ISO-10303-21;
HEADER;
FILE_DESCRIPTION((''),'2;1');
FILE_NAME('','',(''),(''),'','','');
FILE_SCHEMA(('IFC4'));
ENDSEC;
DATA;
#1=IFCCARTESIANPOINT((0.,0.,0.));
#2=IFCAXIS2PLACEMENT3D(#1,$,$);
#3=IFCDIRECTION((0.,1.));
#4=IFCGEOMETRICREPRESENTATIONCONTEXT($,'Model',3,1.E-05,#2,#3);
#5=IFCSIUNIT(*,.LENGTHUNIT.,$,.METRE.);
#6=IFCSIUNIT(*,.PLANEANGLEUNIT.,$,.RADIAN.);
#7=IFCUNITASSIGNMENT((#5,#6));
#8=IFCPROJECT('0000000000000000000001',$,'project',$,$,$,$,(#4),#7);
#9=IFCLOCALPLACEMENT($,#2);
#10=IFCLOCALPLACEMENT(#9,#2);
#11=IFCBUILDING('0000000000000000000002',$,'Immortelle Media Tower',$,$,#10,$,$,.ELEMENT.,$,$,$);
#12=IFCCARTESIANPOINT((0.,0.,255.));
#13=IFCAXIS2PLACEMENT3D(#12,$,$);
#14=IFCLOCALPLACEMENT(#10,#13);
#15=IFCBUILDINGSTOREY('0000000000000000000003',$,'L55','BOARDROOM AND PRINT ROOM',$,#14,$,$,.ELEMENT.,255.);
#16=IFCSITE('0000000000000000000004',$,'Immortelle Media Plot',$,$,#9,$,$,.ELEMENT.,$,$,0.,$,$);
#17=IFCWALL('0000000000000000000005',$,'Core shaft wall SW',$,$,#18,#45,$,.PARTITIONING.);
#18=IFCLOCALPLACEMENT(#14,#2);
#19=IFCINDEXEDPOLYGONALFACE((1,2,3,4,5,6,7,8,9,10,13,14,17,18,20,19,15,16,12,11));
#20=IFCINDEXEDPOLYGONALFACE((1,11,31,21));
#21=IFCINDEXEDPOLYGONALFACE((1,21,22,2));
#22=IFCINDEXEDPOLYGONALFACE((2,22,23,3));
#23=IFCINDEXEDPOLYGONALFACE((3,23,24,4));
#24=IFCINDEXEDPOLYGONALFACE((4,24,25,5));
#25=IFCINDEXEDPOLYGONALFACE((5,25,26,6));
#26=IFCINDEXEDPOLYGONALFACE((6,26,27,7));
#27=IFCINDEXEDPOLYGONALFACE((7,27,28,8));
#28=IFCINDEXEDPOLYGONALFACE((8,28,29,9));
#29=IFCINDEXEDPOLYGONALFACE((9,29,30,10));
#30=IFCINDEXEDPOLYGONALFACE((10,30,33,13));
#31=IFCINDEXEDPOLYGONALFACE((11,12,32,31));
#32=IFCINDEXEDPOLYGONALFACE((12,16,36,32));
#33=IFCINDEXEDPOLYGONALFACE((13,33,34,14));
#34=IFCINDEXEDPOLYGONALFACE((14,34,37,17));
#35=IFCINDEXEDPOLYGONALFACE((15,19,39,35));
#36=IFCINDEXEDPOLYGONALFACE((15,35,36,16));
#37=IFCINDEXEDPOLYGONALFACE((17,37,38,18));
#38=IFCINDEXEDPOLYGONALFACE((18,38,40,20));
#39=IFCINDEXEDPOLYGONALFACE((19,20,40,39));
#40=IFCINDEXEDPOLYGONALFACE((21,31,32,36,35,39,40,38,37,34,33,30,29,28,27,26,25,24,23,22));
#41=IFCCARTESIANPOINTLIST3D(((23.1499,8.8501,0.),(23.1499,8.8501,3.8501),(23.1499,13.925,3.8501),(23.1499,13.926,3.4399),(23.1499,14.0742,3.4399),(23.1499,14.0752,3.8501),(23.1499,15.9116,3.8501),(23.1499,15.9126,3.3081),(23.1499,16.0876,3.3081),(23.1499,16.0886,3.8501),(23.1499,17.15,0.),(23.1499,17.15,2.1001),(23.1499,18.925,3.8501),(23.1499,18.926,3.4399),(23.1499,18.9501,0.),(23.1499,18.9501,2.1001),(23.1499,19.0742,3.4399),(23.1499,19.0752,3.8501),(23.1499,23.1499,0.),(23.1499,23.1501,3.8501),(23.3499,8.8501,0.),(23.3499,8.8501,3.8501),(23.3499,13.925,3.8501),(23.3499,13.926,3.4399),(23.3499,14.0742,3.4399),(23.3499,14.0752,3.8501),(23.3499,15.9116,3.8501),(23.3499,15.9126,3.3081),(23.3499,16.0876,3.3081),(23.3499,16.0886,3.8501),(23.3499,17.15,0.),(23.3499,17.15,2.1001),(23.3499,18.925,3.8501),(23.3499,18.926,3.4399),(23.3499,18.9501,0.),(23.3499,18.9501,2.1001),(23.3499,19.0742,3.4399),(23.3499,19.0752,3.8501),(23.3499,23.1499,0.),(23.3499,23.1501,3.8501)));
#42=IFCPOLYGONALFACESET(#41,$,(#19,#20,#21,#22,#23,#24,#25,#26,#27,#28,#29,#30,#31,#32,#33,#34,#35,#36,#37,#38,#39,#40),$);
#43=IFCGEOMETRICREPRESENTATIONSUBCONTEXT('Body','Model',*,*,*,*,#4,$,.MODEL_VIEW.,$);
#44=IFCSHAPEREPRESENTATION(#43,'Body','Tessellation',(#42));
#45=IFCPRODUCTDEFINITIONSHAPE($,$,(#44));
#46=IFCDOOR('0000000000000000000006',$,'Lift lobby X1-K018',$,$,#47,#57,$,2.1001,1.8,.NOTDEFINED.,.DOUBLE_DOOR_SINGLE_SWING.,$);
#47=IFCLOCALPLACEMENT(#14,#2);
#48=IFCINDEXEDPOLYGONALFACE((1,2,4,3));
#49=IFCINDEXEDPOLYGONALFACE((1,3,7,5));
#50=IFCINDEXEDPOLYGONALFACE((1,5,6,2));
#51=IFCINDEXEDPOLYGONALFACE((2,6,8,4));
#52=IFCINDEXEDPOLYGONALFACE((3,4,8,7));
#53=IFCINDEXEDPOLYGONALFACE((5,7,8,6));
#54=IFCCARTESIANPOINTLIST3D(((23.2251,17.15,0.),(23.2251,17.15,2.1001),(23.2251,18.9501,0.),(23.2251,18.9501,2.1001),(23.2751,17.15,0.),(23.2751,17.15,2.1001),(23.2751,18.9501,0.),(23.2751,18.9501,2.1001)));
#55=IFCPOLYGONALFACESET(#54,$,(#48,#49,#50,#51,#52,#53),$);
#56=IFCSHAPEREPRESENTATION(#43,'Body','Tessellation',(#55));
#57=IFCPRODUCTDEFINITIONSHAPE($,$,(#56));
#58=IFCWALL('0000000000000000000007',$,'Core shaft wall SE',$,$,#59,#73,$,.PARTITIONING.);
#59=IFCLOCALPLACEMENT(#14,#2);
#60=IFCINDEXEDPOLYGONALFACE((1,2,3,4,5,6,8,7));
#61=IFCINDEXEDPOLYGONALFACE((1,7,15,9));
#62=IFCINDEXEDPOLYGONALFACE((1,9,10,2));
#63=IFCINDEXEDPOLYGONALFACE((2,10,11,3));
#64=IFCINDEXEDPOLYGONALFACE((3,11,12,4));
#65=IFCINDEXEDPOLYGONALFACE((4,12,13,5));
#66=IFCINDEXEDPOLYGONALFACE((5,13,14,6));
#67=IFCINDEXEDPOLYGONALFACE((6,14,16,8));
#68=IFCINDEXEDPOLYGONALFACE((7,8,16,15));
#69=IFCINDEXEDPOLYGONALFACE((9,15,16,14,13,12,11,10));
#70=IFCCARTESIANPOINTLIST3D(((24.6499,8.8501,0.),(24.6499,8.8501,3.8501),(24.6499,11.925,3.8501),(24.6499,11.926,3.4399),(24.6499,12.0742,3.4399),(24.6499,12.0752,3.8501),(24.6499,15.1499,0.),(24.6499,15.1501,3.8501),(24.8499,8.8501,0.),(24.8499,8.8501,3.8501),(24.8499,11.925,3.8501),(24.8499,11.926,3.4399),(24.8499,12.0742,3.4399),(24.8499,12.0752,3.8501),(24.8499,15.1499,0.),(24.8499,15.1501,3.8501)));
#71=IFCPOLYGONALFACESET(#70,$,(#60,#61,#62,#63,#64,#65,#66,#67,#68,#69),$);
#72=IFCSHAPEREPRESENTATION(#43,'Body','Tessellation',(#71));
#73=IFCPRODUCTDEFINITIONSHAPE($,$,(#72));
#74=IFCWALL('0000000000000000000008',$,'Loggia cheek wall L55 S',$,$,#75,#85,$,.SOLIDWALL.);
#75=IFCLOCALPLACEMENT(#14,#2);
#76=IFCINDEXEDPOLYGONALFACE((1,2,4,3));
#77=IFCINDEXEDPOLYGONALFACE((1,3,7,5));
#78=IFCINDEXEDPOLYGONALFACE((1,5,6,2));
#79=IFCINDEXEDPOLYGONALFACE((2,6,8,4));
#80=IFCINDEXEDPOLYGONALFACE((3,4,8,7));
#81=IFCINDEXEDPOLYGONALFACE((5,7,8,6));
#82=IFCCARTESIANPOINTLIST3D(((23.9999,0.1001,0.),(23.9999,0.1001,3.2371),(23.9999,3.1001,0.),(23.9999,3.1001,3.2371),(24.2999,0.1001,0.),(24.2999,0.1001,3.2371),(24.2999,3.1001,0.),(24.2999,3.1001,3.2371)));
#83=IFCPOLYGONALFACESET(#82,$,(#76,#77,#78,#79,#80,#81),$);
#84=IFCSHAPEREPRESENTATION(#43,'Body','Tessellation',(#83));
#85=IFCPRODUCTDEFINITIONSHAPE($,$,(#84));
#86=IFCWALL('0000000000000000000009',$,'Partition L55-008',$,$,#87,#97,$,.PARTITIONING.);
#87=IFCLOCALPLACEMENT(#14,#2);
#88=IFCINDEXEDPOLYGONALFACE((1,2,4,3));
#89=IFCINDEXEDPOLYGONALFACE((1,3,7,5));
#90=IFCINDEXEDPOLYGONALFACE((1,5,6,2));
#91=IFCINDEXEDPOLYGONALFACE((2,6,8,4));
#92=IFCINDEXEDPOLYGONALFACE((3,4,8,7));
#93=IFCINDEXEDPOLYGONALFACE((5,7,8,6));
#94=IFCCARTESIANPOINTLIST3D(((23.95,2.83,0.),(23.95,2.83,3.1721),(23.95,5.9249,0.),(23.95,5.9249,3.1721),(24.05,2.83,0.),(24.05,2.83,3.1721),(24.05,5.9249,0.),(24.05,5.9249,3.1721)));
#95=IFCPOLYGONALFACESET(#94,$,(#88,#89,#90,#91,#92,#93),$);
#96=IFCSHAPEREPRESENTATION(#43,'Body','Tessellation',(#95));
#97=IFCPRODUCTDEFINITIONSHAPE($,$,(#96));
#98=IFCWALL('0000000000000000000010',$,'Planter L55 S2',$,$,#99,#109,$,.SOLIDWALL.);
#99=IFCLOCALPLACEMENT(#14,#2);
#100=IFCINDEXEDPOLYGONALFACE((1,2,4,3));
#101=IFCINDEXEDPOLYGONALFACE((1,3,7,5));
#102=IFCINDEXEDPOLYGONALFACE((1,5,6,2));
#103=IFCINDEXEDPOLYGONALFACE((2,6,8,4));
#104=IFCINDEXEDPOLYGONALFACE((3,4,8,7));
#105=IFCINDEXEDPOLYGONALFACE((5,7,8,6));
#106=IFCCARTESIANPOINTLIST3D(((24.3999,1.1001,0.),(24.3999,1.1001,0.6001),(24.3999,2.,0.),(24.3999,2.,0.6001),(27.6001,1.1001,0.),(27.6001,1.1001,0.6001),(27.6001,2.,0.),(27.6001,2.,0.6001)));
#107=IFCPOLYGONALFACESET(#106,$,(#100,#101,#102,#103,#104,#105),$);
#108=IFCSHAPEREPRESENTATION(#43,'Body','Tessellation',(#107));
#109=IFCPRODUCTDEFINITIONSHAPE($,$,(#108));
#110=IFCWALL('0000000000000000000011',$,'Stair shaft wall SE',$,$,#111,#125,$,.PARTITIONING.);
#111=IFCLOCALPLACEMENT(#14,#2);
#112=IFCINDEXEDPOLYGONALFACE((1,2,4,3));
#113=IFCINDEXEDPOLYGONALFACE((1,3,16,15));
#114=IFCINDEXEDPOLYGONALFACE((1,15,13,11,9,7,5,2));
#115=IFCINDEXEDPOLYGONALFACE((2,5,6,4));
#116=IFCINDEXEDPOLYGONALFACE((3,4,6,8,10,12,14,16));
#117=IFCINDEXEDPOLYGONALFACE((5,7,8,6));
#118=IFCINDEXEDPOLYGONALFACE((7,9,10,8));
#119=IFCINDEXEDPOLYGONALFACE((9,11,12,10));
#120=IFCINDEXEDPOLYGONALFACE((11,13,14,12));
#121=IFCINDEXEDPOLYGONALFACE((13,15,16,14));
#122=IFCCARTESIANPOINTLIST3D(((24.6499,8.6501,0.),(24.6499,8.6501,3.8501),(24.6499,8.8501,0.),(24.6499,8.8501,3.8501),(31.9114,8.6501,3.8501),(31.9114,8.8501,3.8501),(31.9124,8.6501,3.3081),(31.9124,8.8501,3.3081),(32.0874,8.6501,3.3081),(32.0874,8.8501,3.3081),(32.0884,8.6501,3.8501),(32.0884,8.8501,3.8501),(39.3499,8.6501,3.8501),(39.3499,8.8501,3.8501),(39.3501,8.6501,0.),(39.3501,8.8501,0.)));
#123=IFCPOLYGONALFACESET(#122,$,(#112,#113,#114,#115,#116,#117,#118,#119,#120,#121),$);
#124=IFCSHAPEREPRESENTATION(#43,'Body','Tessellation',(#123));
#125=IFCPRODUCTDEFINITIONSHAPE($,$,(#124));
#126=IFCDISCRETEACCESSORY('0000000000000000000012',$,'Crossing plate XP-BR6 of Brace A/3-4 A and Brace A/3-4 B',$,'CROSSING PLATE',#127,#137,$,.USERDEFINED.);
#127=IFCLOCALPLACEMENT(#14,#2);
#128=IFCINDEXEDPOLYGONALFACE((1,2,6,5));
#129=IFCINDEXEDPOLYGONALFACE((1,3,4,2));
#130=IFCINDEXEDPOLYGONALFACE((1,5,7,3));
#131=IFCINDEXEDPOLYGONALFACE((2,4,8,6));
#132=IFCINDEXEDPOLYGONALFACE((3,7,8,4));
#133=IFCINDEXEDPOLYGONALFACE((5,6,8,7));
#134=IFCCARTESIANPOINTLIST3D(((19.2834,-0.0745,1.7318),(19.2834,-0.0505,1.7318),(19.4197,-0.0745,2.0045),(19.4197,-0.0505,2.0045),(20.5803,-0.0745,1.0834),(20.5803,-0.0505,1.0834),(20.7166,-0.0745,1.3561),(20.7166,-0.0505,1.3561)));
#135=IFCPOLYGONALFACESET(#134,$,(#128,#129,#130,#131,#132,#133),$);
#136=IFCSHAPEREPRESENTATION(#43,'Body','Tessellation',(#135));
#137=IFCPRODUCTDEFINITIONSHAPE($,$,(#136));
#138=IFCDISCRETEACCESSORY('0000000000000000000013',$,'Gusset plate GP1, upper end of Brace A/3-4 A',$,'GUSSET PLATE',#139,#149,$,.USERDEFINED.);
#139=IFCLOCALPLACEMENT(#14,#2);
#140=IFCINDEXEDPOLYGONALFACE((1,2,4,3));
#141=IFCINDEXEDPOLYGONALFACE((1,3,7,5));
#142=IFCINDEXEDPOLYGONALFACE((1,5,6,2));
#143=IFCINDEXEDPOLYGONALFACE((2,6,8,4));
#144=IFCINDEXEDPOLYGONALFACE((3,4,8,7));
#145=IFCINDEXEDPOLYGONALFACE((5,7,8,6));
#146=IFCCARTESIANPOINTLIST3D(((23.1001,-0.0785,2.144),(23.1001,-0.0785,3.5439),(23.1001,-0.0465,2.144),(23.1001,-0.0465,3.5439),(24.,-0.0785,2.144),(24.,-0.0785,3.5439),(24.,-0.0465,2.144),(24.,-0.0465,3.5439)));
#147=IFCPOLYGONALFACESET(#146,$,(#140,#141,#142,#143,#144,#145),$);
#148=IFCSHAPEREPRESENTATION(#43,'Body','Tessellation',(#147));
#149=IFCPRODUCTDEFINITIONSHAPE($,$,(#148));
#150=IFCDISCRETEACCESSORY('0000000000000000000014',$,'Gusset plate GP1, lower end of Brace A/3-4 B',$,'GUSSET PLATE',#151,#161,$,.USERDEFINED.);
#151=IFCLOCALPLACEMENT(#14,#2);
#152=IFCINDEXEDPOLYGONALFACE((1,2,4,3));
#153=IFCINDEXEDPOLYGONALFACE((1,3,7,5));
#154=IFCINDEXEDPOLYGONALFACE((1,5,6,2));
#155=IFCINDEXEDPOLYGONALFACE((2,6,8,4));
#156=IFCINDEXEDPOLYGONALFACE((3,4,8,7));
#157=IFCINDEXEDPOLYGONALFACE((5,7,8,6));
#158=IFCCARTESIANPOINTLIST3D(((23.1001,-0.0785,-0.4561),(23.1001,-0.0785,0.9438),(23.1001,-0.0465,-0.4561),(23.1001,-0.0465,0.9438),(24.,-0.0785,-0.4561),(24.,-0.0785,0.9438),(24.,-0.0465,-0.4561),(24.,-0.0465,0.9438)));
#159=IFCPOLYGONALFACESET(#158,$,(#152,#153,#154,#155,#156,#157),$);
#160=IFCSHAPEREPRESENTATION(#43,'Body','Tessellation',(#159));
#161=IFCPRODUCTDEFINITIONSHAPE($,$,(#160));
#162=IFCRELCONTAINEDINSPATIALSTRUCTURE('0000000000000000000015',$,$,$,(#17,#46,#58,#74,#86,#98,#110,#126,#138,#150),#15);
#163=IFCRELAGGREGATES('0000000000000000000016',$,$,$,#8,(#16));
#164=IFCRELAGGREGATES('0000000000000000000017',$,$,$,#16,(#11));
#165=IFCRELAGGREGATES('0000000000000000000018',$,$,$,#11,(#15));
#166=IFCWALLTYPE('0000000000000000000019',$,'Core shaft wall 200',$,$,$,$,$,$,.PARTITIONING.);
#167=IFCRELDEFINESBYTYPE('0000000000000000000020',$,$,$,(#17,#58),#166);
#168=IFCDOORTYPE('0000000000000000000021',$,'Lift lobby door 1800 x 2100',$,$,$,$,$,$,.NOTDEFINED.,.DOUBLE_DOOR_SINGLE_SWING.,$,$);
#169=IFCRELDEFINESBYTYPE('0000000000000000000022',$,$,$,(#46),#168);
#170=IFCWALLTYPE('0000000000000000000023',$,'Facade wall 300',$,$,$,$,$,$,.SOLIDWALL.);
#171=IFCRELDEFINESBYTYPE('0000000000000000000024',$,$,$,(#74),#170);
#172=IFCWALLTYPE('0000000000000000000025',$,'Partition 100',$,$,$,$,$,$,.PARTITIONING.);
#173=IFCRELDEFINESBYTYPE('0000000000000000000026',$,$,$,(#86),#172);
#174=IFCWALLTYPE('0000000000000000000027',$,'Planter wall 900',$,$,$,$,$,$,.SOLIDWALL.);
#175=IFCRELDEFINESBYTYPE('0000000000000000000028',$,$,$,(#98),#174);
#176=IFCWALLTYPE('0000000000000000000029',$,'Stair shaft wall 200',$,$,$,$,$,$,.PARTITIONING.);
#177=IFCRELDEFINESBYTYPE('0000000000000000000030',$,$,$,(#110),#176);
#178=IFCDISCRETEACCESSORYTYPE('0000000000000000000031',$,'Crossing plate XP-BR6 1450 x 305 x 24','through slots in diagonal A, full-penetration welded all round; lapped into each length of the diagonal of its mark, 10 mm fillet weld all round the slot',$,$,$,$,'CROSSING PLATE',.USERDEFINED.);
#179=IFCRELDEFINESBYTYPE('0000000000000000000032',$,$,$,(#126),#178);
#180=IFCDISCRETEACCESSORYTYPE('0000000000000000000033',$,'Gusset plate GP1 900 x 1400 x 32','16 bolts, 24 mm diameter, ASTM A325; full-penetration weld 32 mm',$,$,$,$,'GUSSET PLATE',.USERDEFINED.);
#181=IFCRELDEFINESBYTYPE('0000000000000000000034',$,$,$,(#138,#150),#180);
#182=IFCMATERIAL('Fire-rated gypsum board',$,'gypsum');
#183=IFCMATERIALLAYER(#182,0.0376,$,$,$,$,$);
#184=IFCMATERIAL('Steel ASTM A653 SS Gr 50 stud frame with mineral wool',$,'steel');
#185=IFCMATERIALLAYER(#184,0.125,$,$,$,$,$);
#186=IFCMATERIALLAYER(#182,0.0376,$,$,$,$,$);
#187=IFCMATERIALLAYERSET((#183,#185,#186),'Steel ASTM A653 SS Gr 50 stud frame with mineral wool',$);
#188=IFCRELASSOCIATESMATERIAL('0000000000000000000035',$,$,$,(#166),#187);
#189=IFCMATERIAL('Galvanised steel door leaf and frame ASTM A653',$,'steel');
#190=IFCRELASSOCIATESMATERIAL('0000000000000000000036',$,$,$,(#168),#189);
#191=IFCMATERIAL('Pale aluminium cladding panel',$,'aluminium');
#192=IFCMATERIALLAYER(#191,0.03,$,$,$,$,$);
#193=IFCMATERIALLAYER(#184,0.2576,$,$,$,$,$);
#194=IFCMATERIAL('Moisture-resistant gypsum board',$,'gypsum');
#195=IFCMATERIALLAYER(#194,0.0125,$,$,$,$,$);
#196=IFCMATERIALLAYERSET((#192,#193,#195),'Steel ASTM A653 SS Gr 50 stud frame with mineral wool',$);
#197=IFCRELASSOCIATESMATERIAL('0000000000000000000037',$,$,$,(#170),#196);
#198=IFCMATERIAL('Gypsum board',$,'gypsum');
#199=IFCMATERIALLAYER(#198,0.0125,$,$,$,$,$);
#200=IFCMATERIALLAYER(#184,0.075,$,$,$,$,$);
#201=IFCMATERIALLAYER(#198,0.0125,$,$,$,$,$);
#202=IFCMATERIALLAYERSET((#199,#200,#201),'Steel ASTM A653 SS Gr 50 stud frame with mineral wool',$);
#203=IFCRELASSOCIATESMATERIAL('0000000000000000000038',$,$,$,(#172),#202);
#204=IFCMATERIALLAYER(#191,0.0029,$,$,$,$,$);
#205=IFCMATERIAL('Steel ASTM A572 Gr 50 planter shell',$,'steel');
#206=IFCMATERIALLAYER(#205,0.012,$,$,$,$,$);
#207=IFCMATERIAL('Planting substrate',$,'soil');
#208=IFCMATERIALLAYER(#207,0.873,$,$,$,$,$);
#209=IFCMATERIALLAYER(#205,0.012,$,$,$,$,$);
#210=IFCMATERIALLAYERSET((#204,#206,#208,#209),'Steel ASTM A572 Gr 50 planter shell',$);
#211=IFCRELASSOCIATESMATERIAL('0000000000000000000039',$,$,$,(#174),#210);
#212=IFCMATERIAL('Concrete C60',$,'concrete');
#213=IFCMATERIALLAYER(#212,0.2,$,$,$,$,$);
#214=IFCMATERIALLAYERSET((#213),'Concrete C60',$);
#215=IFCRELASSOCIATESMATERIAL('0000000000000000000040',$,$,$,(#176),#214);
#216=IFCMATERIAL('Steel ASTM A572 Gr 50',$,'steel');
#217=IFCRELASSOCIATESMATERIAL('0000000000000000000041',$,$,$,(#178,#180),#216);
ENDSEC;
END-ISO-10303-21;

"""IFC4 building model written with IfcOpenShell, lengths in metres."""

from ifc_helpers import new_model, si_unit, direction, frame, frame_2d, origin, origin_2d, place, context, subcontext, project, spatial, polyline, rectangle, outline, extrude, material, layer, layer_set, material_profile, profile_set, type_object, element, fill, save


model = new_model("IFC4")

# Units and contexts
model_context = context("Model", 3, precision=1e-05, world=origin(), true_north=direction((0.0, 1.0)))
body_context = subcontext(model_context, "Body", "Model", "MODEL_VIEW")
ifc_project = project(units=[si_unit("LENGTHUNIT", "METRE"), si_unit("PLANEANGLEUNIT", "RADIAN")], contexts=[model_context])

# Site, building, storey
site_placement = place(None, origin())
site = spatial("IfcSite", under=ifc_project, at=site_placement, Name="Immortelle Media Plot", CompositionType="ELEMENT", RefElevation=0.0)
building_placement = place(site_placement, origin())
building = spatial("IfcBuilding", under=site, at=building_placement, Name="Immortelle Media Tower", CompositionType="ELEMENT")
storey_placement = place(building_placement, frame((0.0, 0.0, 255.0)))
storey = spatial("IfcBuildingStorey", under=building, at=storey_placement, Name="L55", Description="BOARDROOM AND PRINT ROOM", CompositionType="ELEMENT", Elevation=255.0)

# Wall, opening, door
ifc_material_1 = material(Name="Fire-rated gypsum board", Category="gypsum")
ifc_layer_1 = layer(ifc_material_1, 0.0376)
ifc_material_2 = material(Name="Steel ASTM A653 SS Gr 50 stud frame with mineral wool", Category="steel")
ifc_layer_2 = layer(ifc_material_2, 0.125)
ifc_layer_3 = layer(ifc_material_1, 0.0376)
ifc_layer_set_1 = layer_set([ifc_layer_1, ifc_layer_2, ifc_layer_3], Name="Steel ASTM A653 SS Gr 50 stud frame with mineral wool")
wall_type_1 = type_object("IfcWallType", Name="Core shaft wall 200", PredefinedType="PARTITIONING", material=ifc_layer_set_1)
wall_1_placement = place(storey_placement, frame((23.25, 8.8501, 0.0), z_axis=(0.0, 0.0, 1.0), x_axis=(0.0, 1.0, 0.0)))
wall_1 = element("IfcWall", 1, at=wall_1_placement, inside=storey, type_object=wall_type_1, Name="Core shaft wall SW", PredefinedType="PARTITIONING", context=body_context, shape_type="SweptSolid", body=[
    extrude(outline(polyline([(0.0, 0.0), (14.2998, 0.0), (14.3, 3.8501), (10.2251, 3.8501), (10.2241, 3.4399), (10.0759, 3.4399), (10.075, 3.8501), (7.2385, 3.8501), (7.2375, 3.3081), (7.0625, 3.3081), (7.0615, 3.8501), (5.2251, 3.8501), (5.2241, 3.4399), (5.0759, 3.4399), (5.075, 3.8501), (0.0, 3.8501), (0.0, 0.0)])), frame((0.0, 0.1001, 0.0), z_axis=(0.0, -1.0, 0.0), x_axis=(1.0, 0.0, 0.0)), (0.0, 0.0, 1.0), 0.2),
])
opening_1_placement = place(wall_1_placement, frame((8.3, 0.0, 0.0)))
opening_1 = element("IfcOpeningElement", 2, at=opening_1_placement, cuts=wall_1, PredefinedType="OPENING", context=body_context, shape_type="SweptSolid", body=[
    extrude(rectangle(XDim=1.8, YDim=2.1001, at=frame_2d((0.8999, 1.05))), frame((0.0, 0.1099, 0.0), z_axis=(0.0, -1.0, 0.0), x_axis=(1.0, 0.0, 0.0)), (0.0, 0.0, 1.0), 0.22),
])
ifc_material_3 = material(Name="Galvanised steel door leaf and frame ASTM A653", Category="steel")
door_type_1 = type_object("IfcDoorType", Name="Lift lobby door 1800 x 2100", OperationType="DOUBLE_DOOR_SINGLE_SWING", PredefinedType="NOTDEFINED", material=ifc_material_3)
door_1_placement = place(opening_1_placement, origin())
door_1 = element("IfcDoor", 3, at=door_1_placement, inside=storey, type_object=door_type_1, Name="Lift lobby X1-K018", OperationType="DOUBLE_DOOR_SINGLE_SWING", OverallHeight=2.1001, OverallWidth=1.8, PredefinedType="NOTDEFINED", context=body_context, shape_type="SweptSolid", body=[
    extrude(rectangle(XDim=1.8, YDim=2.1001, at=frame_2d((0.8999, 1.05))), frame((0.0, 0.0249, 0.0), z_axis=(0.0, -1.0, 0.0), x_axis=(1.0, 0.0, 0.0)), (0.0, 0.0, 1.0), 0.05),
])
fill(opening_1, door_1)

# Wall
wall_2_placement = place(storey_placement, frame((24.75, 8.8501, 0.0), z_axis=(0.0, 0.0, 1.0), x_axis=(0.0, 1.0, 0.0)))
element("IfcWall", 4, at=wall_2_placement, inside=storey, type_object=wall_type_1, Name="Core shaft wall SE", PredefinedType="PARTITIONING", context=body_context, shape_type="SweptSolid", body=[
    extrude(outline(polyline([(0.0, 0.0), (6.2998, 0.0), (6.3, 3.8501), (3.2251, 3.8501), (3.2241, 3.4399), (3.0759, 3.4399), (3.075, 3.8501), (0.0, 3.8501), (0.0, 0.0)])), frame((0.0, 0.1001, 0.0), z_axis=(0.0, -1.0, 0.0), x_axis=(1.0, 0.0, 0.0)), (0.0, 0.0, 1.0), 0.2),
])

# Shared definitions
ifc_material_4 = material(Name="Pale aluminium cladding panel", Category="aluminium")
ifc_layer_4 = layer(ifc_material_4, 0.03)
ifc_layer_5 = layer(ifc_material_2, 0.2576)
ifc_material_5 = material(Name="Moisture-resistant gypsum board", Category="gypsum")
ifc_layer_6 = layer(ifc_material_5, 0.0125)
ifc_layer_set_2 = layer_set([ifc_layer_4, ifc_layer_5, ifc_layer_6], Name="Steel ASTM A653 SS Gr 50 stud frame with mineral wool")
wall_type_2 = type_object("IfcWallType", Name="Facade wall 300", PredefinedType="SOLIDWALL", material=ifc_layer_set_2)

# Walls
wall_3_placement = place(storey_placement, frame((24.1499, 0.1001, 0.0), z_axis=(0.0, 0.0, 1.0), x_axis=(0.0, 1.0, 0.0)))
element("IfcWall", 5, at=wall_3_placement, inside=storey, type_object=wall_type_2, Name="Loggia cheek wall L55 S", PredefinedType="SOLIDWALL", context=body_context, shape_type="SweptSolid", body=[
    extrude(rectangle(XDim=3.0, YDim=0.3, at=frame_2d((1.5, 0.0))), origin(), (0.0, 0.0, 1.0), 3.2371),
])
ifc_material_6 = material(Name="Gypsum board", Category="gypsum")
ifc_layer_7 = layer(ifc_material_6, 0.0125)
ifc_layer_8 = layer(ifc_material_2, 0.075)
ifc_layer_9 = layer(ifc_material_6, 0.0125)
ifc_layer_set_3 = layer_set([ifc_layer_7, ifc_layer_8, ifc_layer_9], Name="Steel ASTM A653 SS Gr 50 stud frame with mineral wool")
wall_type_3 = type_object("IfcWallType", Name="Partition 100", PredefinedType="PARTITIONING", material=ifc_layer_set_3)
wall_4_placement = place(storey_placement, frame((24.0, 2.8301, 0.0), z_axis=(0.0, 0.0, 1.0), x_axis=(0.0, 1.0, 0.0)))
element("IfcWall", 6, at=wall_4_placement, inside=storey, type_object=wall_type_3, Name="Partition L55-008", PredefinedType="PARTITIONING", context=body_context, shape_type="SweptSolid", body=[
    extrude(rectangle(XDim=3.095, YDim=0.1001, at=frame_2d((1.5474, 0.0))), origin(), (0.0, 0.0, 1.0), 3.1721),
])
ifc_layer_10 = layer(ifc_material_4, 0.0029)
ifc_material_7 = material(Name="Steel ASTM A572 Gr 50 planter shell", Category="steel")
ifc_layer_11 = layer(ifc_material_7, 0.012)
ifc_material_8 = material(Name="Planting substrate", Category="soil")
ifc_layer_12 = layer(ifc_material_8, 0.873)
ifc_layer_13 = layer(ifc_material_7, 0.012)
ifc_layer_set_4 = layer_set([ifc_layer_10, ifc_layer_11, ifc_layer_12, ifc_layer_13], Name="Steel ASTM A572 Gr 50 planter shell")
wall_type_4 = type_object("IfcWallType", Name="Planter wall 900", PredefinedType="SOLIDWALL", material=ifc_layer_set_4)
wall_5_placement = place(storey_placement, frame((24.3999, 1.55, 0.0), z_axis=(0.0, 0.0, 1.0), x_axis=(1.0, 0.0, 0.0)))
element("IfcWall", 7, at=wall_5_placement, inside=storey, type_object=wall_type_4, Name="Planter L55 S2", PredefinedType="SOLIDWALL", context=body_context, shape_type="SweptSolid", body=[
    extrude(rectangle(XDim=3.2002, YDim=0.8999, at=frame_2d((1.6001, 0.0))), origin(), (0.0, 0.0, 1.0), 0.6001),
])
ifc_material_9 = material(Name="Concrete C60", Category="concrete")
ifc_layer_14 = layer(ifc_material_9, 0.2)
ifc_layer_set_5 = layer_set([ifc_layer_14], Name="Concrete C60")
wall_type_5 = type_object("IfcWallType", Name="Stair shaft wall 200", PredefinedType="PARTITIONING", material=ifc_layer_set_5)
wall_6_placement = place(storey_placement, frame((24.6499, 8.75, 0.0), z_axis=(0.0, 0.0, 1.0), x_axis=(1.0, 0.0, 0.0)))
element("IfcWall", 8, at=wall_6_placement, inside=storey, type_object=wall_type_5, Name="Stair shaft wall SE", PredefinedType="PARTITIONING", context=body_context, shape_type="SweptSolid", body=[
    extrude(outline(polyline([(0.0, 0.0), (14.7002, 0.0), (14.7, 3.8501), (7.4385, 3.8501), (7.4375, 3.3081), (7.2625, 3.3081), (7.2615, 3.8501), (0.0, 3.8501), (0.0, 0.0)])), frame((0.0, 0.1001, 0.0), z_axis=(0.0, -1.0, 0.0), x_axis=(1.0, 0.0, 0.0)), (0.0, 0.0, 1.0), 0.2),
])

# Discrete accessories
ifc_material_10 = material(Name="Steel ASTM A572 Gr 50", Category="steel")
ifc_material_profile_1 = material_profile(ifc_material_10, rectangle(XDim=0.0239, YDim=0.3049, at=origin_2d()), Name="PL 24 x 305")
ifc_profile_set_1 = profile_set([ifc_material_profile_1], Name="Steel ASTM A572 Gr 50")
discrete_accessory_type_1 = type_object("IfcDiscreteAccessoryType", Name="Crossing plate XP-BR6 1450 x 305 x 24", Description="through slots in diagonal A, full-penetration welded all round; lapped into each length of the diagonal of its mark, 10 mm fillet weld all round the slot", ElementType="CROSSING PLATE", PredefinedType="USERDEFINED", material=ifc_profile_set_1)
discrete_accessory_placement = place(storey_placement, frame((19.3516, -0.0625, 1.8682), z_axis=(0.894427, 0.0, -0.447214), x_axis=(0.0, 1.0, 0.0)))
element("IfcDiscreteAccessory", 9, at=discrete_accessory_placement, inside=storey, type_object=discrete_accessory_type_1, Name="Crossing plate XP-BR6 of Brace A/3-4 A and Brace A/3-4 B", ObjectType="CROSSING PLATE", PredefinedType="USERDEFINED", context=body_context, shape_type="SweptSolid", body=[
    extrude(rectangle(XDim=0.0239, YDim=0.3049, at=origin_2d()), origin(), (0.0, 0.0, 1.0), 1.45),
])
ifc_material_profile_2 = material_profile(ifc_material_10, rectangle(XDim=0.032, YDim=1.3999, at=origin_2d()), Name="PL 32 x 1400")
ifc_profile_set_2 = profile_set([ifc_material_profile_2], Name="Steel ASTM A572 Gr 50")
discrete_accessory_type_2 = type_object("IfcDiscreteAccessoryType", Name="Gusset plate GP1 900 x 1400 x 32", Description="16 bolts, 24 mm diameter, ASTM A325; full-penetration weld 32 mm", ElementType="GUSSET PLATE", PredefinedType="USERDEFINED", material=ifc_profile_set_2)
for number, where, z_axis, x_axis, name in (
    (10, (24.0, -0.0625, 2.844), (-1.0, 0.0, 0.0), (0.0, -1.0, 0.0), "Gusset plate GP1, upper end of Brace A/3-4 A"),
    (11, (24.0, -0.0625, 0.2439), (-1.0, 0.0, 0.0), (0.0, -1.0, 0.0), "Gusset plate GP1, lower end of Brace A/3-4 B"),
):
    element("IfcDiscreteAccessory", number, at=place(storey_placement, frame(where, z_axis=z_axis, x_axis=x_axis)), inside=storey, type_object=discrete_accessory_type_2, Name=name, ObjectType="GUSSET PLATE", PredefinedType="USERDEFINED", context=body_context, shape_type="SweptSolid", body=[
        extrude(rectangle(XDim=0.032, YDim=1.3999, at=origin_2d()), origin(), (0.0, 0.0, 1.0), 0.8999),
    ])

save(model, "model.ifc")
